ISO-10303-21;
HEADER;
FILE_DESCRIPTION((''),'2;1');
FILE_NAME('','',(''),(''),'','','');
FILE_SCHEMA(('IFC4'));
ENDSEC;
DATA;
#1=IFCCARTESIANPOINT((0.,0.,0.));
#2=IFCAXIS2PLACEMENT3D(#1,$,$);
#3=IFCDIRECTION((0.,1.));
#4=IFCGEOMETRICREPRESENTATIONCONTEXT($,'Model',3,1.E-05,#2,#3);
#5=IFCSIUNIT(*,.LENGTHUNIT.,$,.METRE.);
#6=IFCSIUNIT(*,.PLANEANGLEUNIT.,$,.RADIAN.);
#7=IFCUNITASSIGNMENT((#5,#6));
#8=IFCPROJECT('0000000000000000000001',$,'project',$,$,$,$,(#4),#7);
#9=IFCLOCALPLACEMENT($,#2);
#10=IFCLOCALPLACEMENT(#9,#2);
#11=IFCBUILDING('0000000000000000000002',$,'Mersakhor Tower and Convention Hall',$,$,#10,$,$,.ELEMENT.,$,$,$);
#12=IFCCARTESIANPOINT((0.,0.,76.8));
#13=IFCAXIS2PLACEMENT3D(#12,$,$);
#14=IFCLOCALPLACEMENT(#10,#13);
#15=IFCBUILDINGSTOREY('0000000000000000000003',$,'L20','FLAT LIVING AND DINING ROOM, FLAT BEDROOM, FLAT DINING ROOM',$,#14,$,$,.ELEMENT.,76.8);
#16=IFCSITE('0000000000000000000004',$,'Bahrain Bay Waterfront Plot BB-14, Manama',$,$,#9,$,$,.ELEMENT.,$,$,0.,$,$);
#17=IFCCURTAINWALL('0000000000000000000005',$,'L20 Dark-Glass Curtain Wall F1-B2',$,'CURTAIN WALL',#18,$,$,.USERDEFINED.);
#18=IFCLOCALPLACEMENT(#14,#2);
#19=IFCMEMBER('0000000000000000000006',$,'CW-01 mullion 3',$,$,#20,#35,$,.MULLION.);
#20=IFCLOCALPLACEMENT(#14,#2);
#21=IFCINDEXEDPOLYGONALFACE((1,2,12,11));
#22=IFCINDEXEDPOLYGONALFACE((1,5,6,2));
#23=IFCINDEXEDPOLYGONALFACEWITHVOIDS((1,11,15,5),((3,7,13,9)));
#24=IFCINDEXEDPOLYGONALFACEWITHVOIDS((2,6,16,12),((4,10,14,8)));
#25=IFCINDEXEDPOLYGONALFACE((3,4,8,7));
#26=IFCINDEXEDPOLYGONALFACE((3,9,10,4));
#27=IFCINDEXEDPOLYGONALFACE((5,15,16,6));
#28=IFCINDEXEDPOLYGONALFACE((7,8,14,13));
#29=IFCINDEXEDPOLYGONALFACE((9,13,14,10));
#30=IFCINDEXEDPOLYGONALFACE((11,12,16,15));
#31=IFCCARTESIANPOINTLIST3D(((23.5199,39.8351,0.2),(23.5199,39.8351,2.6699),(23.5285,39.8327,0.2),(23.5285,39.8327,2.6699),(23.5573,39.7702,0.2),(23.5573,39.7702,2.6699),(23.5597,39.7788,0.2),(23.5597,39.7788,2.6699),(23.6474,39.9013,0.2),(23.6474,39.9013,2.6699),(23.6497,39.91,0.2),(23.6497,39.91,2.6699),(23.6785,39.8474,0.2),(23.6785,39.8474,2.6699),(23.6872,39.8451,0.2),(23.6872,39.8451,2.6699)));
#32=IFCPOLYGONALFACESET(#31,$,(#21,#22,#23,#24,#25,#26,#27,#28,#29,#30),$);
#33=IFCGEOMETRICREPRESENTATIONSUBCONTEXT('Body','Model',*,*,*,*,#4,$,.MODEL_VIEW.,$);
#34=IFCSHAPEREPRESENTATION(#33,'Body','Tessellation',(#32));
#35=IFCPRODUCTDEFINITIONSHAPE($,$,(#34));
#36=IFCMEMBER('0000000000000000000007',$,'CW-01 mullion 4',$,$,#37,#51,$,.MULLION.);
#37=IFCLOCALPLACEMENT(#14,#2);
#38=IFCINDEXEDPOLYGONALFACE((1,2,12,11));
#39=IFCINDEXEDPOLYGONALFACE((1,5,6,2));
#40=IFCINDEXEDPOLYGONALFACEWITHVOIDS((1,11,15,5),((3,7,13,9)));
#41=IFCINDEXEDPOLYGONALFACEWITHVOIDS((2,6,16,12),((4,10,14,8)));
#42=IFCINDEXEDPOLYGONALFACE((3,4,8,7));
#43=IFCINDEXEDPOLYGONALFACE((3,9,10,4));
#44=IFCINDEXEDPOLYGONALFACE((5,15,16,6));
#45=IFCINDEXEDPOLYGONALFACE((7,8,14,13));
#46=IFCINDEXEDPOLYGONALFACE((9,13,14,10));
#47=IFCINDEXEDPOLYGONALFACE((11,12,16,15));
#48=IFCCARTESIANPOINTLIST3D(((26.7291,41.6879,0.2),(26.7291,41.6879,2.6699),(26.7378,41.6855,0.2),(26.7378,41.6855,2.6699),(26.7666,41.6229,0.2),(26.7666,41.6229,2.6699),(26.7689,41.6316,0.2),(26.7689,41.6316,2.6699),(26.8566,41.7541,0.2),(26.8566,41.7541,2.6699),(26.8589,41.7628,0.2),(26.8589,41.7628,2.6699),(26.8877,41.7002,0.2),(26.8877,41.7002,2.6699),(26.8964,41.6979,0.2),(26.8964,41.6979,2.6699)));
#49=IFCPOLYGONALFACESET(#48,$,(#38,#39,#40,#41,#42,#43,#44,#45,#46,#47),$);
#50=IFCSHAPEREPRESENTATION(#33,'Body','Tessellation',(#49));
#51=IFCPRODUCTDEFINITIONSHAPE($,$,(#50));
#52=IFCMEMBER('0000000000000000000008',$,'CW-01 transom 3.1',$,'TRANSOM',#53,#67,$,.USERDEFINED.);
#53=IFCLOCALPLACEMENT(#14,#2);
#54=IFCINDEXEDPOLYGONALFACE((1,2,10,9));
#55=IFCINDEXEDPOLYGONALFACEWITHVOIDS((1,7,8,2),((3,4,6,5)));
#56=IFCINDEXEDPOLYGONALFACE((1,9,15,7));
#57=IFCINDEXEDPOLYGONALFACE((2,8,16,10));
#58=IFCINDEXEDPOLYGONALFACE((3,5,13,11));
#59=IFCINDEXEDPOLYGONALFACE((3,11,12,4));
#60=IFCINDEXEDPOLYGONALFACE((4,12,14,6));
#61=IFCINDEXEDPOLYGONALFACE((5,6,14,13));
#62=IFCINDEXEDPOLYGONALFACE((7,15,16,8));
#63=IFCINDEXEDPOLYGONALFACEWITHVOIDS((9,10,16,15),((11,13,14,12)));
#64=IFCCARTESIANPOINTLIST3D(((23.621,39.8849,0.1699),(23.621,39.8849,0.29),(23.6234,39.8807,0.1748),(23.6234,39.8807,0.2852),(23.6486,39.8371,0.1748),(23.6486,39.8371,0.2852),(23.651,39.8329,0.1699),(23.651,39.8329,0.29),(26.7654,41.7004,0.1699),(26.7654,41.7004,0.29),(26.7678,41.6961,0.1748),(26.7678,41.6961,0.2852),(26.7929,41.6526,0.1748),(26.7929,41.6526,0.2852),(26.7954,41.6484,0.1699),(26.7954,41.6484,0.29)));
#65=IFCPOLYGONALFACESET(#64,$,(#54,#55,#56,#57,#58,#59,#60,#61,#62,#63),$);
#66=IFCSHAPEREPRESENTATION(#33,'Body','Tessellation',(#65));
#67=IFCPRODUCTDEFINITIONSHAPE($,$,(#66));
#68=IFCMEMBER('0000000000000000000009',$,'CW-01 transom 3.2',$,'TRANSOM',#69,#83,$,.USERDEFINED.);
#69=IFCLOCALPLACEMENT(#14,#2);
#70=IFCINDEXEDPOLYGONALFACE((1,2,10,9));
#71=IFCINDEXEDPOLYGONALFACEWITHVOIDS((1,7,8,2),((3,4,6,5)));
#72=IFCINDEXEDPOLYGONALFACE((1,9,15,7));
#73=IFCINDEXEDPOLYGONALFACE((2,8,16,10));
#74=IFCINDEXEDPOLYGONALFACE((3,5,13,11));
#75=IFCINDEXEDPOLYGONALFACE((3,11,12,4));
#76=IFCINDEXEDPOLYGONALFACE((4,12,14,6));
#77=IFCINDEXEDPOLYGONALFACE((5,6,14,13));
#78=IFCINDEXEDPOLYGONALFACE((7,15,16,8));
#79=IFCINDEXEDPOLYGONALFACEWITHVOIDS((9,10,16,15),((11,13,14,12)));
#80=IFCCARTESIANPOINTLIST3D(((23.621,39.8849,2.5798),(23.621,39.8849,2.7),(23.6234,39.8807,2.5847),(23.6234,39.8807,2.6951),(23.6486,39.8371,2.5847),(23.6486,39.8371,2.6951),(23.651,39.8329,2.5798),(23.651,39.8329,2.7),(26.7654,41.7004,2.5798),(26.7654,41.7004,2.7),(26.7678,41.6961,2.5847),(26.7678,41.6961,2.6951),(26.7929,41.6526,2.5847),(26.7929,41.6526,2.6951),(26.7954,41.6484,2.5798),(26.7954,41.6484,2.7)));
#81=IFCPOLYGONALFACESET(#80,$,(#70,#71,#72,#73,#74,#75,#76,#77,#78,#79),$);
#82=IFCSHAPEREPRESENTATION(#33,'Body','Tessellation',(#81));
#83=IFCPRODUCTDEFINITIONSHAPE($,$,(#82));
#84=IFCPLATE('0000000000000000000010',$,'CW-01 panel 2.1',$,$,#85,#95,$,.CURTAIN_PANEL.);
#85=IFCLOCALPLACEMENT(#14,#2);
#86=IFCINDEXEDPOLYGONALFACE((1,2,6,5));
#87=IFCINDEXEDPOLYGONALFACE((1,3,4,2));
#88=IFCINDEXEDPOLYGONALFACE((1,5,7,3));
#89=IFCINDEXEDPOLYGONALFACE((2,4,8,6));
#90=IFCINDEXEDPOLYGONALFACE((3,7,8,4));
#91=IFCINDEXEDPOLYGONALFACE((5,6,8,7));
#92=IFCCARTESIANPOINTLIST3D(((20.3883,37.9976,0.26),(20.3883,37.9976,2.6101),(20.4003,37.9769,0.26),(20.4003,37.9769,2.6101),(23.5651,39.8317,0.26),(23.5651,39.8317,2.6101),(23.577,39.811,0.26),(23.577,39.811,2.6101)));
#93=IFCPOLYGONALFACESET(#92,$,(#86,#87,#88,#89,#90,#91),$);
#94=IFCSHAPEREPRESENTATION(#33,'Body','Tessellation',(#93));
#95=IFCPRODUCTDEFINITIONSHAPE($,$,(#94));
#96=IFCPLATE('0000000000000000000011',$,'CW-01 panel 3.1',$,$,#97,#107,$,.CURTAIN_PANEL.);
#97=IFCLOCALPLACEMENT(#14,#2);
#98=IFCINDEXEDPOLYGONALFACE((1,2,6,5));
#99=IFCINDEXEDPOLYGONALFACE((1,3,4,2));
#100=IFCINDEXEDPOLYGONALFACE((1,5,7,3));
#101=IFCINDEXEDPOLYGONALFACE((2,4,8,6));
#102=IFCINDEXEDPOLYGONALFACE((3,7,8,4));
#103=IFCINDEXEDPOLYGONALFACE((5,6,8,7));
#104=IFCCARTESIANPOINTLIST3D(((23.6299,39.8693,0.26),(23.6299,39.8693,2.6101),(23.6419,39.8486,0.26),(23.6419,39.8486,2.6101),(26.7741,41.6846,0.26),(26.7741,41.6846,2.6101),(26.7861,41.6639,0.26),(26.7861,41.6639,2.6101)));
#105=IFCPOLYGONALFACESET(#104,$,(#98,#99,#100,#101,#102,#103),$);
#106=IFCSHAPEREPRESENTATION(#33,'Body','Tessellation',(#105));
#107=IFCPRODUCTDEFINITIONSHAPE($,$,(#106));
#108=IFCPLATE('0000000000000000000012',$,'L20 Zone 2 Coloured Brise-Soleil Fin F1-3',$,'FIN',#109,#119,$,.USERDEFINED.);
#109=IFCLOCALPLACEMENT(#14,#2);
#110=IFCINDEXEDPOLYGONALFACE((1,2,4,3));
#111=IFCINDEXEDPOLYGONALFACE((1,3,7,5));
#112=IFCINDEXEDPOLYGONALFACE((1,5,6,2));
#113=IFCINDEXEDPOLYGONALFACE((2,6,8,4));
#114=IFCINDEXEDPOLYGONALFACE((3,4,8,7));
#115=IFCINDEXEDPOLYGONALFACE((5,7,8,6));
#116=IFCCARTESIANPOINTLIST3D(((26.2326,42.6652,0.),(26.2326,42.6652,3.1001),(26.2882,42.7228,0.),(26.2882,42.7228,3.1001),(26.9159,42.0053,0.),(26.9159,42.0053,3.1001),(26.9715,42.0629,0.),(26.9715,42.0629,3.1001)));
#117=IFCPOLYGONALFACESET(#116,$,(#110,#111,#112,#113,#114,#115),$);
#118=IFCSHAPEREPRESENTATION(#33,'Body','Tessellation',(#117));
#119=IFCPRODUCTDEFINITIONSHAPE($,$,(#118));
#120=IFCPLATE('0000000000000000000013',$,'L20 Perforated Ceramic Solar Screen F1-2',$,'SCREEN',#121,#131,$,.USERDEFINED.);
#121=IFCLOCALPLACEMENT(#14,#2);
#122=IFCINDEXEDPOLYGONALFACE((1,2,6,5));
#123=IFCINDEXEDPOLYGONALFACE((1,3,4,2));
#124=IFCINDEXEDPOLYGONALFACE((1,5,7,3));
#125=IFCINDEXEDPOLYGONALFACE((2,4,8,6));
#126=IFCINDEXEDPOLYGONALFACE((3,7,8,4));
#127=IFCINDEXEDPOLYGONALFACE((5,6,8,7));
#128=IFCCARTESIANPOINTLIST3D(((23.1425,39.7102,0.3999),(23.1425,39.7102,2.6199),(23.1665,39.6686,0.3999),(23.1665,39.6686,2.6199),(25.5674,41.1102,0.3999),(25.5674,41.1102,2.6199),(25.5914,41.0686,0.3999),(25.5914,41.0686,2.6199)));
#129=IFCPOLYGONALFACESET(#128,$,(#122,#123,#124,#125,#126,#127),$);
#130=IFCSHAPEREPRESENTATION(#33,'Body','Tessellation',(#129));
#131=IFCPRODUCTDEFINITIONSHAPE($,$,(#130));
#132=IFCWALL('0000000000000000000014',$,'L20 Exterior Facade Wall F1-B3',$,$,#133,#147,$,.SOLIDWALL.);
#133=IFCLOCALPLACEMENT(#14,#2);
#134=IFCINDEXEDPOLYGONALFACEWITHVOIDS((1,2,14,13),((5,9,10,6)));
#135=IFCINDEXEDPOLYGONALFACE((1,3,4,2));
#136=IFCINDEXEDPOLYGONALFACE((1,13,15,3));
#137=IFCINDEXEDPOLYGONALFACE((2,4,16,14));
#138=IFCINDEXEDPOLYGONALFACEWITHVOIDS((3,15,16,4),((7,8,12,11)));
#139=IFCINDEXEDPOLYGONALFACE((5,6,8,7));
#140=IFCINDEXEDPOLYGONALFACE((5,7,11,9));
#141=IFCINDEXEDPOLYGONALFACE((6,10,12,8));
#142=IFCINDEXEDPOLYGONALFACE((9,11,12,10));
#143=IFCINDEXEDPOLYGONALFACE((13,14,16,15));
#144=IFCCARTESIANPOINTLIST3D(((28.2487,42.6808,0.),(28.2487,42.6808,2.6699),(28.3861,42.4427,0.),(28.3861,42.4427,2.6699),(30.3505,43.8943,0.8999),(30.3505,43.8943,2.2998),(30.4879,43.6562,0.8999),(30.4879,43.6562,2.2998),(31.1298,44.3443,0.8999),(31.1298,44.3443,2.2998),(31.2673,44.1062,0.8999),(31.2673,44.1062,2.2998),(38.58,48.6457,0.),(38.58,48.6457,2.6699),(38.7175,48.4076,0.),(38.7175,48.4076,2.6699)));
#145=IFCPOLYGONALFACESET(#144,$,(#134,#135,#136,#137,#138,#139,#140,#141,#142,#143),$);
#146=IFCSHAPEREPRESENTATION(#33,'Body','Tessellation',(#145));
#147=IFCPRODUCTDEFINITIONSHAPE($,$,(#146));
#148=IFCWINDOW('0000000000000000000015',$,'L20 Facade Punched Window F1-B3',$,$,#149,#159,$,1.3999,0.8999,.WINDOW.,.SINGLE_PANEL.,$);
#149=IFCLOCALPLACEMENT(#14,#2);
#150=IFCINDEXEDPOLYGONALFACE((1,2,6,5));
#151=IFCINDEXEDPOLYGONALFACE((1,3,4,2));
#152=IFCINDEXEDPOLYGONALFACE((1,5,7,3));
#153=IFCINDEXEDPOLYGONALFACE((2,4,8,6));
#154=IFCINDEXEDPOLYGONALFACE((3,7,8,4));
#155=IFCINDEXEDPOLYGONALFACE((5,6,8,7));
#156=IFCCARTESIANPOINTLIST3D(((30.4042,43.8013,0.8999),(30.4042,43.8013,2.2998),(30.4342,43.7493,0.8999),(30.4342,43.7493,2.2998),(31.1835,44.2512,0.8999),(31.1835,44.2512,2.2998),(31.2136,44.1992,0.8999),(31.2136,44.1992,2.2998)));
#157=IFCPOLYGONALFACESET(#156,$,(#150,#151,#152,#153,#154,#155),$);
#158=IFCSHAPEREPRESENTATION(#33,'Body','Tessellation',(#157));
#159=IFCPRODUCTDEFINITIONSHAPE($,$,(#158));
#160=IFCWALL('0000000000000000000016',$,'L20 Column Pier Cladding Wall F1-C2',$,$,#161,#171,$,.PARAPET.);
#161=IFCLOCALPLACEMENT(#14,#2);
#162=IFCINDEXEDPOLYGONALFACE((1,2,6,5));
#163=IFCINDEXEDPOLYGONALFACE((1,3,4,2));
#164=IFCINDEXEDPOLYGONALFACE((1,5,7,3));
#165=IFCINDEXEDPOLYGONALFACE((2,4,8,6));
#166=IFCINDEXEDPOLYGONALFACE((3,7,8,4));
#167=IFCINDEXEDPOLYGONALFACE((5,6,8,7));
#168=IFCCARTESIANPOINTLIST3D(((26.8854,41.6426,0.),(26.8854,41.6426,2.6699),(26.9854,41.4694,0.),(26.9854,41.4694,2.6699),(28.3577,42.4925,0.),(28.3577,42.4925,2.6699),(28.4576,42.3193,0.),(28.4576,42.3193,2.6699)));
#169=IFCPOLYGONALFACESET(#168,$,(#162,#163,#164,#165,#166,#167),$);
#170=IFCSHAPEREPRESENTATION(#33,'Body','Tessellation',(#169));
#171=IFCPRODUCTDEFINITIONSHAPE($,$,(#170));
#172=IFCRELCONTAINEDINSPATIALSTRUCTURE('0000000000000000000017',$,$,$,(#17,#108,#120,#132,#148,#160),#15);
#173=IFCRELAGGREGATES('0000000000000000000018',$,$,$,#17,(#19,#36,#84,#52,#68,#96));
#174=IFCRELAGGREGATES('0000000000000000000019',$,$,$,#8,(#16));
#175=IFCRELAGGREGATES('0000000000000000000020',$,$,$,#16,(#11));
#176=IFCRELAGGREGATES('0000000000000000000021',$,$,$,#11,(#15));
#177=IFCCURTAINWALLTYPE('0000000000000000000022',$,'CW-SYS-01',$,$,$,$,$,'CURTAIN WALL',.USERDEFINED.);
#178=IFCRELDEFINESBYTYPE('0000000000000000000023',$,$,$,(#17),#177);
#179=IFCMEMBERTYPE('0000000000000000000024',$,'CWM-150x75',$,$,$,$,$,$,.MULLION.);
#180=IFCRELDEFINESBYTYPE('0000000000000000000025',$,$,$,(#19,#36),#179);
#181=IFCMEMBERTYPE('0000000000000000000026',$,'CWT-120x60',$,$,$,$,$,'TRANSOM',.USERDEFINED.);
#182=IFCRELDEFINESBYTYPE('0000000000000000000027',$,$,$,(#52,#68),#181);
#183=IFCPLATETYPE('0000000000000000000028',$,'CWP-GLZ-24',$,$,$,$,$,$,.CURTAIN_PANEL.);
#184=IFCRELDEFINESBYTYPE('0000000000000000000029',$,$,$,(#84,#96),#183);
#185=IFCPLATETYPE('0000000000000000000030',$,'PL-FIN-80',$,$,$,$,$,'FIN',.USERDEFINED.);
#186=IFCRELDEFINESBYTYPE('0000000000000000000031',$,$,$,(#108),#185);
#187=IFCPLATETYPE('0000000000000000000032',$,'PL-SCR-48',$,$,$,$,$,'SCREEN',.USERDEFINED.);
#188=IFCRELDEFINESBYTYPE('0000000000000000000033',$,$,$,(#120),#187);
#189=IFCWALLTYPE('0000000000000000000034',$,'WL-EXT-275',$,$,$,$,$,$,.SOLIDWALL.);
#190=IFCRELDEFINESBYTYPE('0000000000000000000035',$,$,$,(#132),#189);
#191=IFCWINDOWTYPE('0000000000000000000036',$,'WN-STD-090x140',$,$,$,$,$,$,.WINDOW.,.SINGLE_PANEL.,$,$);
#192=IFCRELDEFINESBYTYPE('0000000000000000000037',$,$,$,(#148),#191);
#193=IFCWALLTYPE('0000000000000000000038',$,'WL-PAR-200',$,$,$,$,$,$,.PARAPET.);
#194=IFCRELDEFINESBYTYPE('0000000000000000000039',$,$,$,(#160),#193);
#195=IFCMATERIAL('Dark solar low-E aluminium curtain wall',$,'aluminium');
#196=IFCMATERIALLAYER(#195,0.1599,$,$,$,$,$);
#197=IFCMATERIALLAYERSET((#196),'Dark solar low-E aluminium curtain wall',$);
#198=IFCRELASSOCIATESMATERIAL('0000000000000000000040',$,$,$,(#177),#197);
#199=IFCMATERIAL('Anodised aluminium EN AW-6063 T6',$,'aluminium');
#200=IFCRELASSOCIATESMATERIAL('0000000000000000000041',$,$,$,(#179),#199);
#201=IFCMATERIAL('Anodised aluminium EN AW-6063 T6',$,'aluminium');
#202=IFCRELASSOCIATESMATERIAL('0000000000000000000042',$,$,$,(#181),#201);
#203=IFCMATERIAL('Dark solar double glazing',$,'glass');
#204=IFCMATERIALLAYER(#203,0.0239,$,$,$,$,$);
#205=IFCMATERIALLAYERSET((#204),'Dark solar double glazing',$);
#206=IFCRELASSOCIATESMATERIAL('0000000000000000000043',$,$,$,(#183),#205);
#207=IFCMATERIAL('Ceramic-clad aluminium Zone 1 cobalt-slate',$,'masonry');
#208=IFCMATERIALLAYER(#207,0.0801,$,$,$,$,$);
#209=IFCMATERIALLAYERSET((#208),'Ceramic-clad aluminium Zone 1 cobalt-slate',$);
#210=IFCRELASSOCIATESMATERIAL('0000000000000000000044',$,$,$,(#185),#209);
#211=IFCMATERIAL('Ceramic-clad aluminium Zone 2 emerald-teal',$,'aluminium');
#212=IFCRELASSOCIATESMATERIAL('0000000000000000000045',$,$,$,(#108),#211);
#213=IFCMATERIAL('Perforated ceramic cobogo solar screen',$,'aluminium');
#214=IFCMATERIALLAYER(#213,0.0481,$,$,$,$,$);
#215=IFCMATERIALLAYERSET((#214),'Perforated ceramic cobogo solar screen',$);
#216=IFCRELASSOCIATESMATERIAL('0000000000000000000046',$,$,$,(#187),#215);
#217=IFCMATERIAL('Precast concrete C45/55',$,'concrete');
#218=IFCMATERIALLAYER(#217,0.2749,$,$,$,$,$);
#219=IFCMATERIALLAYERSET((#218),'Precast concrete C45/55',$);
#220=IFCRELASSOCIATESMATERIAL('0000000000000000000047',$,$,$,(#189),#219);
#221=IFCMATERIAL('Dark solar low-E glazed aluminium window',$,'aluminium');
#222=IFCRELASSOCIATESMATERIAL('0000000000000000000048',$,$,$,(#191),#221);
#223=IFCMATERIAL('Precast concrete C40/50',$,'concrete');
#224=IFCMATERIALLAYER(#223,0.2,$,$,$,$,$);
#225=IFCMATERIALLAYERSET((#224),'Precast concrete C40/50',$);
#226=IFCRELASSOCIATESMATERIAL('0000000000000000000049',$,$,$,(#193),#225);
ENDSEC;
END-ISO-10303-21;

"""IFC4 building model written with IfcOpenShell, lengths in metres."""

from ifc_helpers import new_model, si_unit, direction, frame, frame_2d, origin, origin_2d, place, context, subcontext, project, spatial, rectangle, hollow_rectangle, extrude, material, layer, layer_set, material_profile, profile_set, type_object, element, fill, aggregate, save


model = new_model("IFC4")

# Units and contexts
model_context = context("Model", 3, precision=1e-05, world=origin(), true_north=direction((0.0, 1.0)))
body_context = subcontext(model_context, "Body", "Model", "MODEL_VIEW")
ifc_project = project(units=[si_unit("LENGTHUNIT", "METRE"), si_unit("PLANEANGLEUNIT", "RADIAN")], contexts=[model_context])

# Site, building, storey
site_placement = place(None, origin())
site = spatial("IfcSite", under=ifc_project, at=site_placement, Name="Bahrain Bay Waterfront Plot BB-14, Manama", CompositionType="ELEMENT", RefElevation=0.0)
building_placement = place(site_placement, origin())
building = spatial("IfcBuilding", under=site, at=building_placement, Name="Mersakhor Tower and Convention Hall", CompositionType="ELEMENT")
storey_placement = place(building_placement, frame((0.0, 0.0, 76.8)))
storey = spatial("IfcBuildingStorey", under=building, at=storey_placement, Name="L20", Description="FLAT LIVING AND DINING ROOM, FLAT BEDROOM, FLAT DINING ROOM", CompositionType="ELEMENT", Elevation=76.8)

# Curtain wall, members, plates
ifc_material_1 = material(Name="Dark solar low-E aluminium curtain wall", Category="aluminium")
ifc_layer_1 = layer(ifc_material_1, 0.1599)
ifc_layer_set_1 = layer_set([ifc_layer_1], Name="Dark solar low-E aluminium curtain wall")
curtain_wall_type = type_object("IfcCurtainWallType", Name="CW-SYS-01", ElementType="CURTAIN WALL", PredefinedType="USERDEFINED", material=ifc_layer_set_1)
curtain_wall_placement = place(storey_placement, origin())
curtain_wall = element("IfcCurtainWall", 1, at=curtain_wall_placement, inside=storey, type_object=curtain_wall_type, Name="L20 Dark-Glass Curtain Wall F1-B2", ObjectType="CURTAIN WALL", PredefinedType="USERDEFINED")
ifc_material_2 = material(Name="Anodised aluminium EN AW-6063 T6", Category="aluminium")
ifc_material_profile_1 = material_profile(ifc_material_2, hollow_rectangle(XDim=0.075, YDim=0.1499, WallThickness=0.0063, at=origin_2d()), Name="RHS 150x75x6.3")
ifc_profile_set_1 = profile_set([ifc_material_profile_1], Name="Anodised aluminium EN AW-6063 T6")
member_type_1 = type_object("IfcMemberType", Name="CWM-150x75", PredefinedType="MULLION", material=ifc_profile_set_1)
member_1_placement = place(storey_placement, frame((23.6035, 39.8401, 0.2), z_axis=(0.0, 0.0, 1.0), x_axis=(-0.499998, 0.866027, 0.0)))
member_1 = element("IfcMember", 2, at=member_1_placement, type_object=member_type_1, Name="CW-01 mullion 3", PredefinedType="MULLION", context=body_context, shape_type="SweptSolid", body=[
    extrude(hollow_rectangle(XDim=0.075, YDim=0.1499, WallThickness=0.0063, at=origin_2d()), origin(), (0.0, 0.0, 1.0), 2.47),
])
member_2_placement = place(storey_placement, frame((26.8127, 41.6929, 0.2), z_axis=(0.0, 0.0, 1.0), x_axis=(-0.499998, 0.866027, 0.0)))
member_2 = element("IfcMember", 3, at=member_2_placement, type_object=member_type_1, Name="CW-01 mullion 4", PredefinedType="MULLION", context=body_context, shape_type="SweptSolid", body=[
    extrude(hollow_rectangle(XDim=0.075, YDim=0.1499, WallThickness=0.0063, at=origin_2d()), origin(), (0.0, 0.0, 1.0), 2.47),
])
ifc_material_3 = material(Name="Anodised aluminium EN AW-6063 T6", Category="aluminium")
ifc_material_profile_2 = material_profile(ifc_material_3, hollow_rectangle(XDim=0.0601, YDim=0.1201, WallThickness=0.0049, at=origin_2d()), Name="RHS 120x60x5")
ifc_profile_set_2 = profile_set([ifc_material_profile_2], Name="Anodised aluminium EN AW-6063 T6")
member_type_2 = type_object("IfcMemberType", Name="CWT-120x60", ElementType="TRANSOM", PredefinedType="USERDEFINED", material=ifc_profile_set_2)
member_3_placement = place(storey_placement, frame((23.636, 39.8589, 0.23), z_axis=(0.866016, 0.500015, 0.0), x_axis=(-0.500015, 0.866016, 0.0)))
member_3 = element("IfcMember", 4, at=member_3_placement, type_object=member_type_2, Name="CW-01 transom 3.1", ObjectType="TRANSOM", PredefinedType="USERDEFINED", context=body_context, shape_type="SweptSolid", body=[
    extrude(hollow_rectangle(XDim=0.0601, YDim=0.1201, WallThickness=0.0049, at=origin_2d()), origin(), (0.0, 0.0, 1.0), 3.6309),
])
member_4_placement = place(storey_placement, frame((23.636, 39.8589, 2.6399), z_axis=(0.866016, 0.500015, 0.0), x_axis=(-0.500015, 0.866016, 0.0)))
member_4 = element("IfcMember", 5, at=member_4_placement, type_object=member_type_2, Name="CW-01 transom 3.2", ObjectType="TRANSOM", PredefinedType="USERDEFINED", context=body_context, shape_type="SweptSolid", body=[
    extrude(hollow_rectangle(XDim=0.0601, YDim=0.1201, WallThickness=0.0049, at=origin_2d()), origin(), (0.0, 0.0, 1.0), 3.6309),
])
ifc_material_4 = material(Name="Dark solar double glazing", Category="glass")
ifc_layer_2 = layer(ifc_material_4, 0.0239)
ifc_layer_set_2 = layer_set([ifc_layer_2], Name="Dark solar double glazing")
plate_type_1 = type_object("IfcPlateType", Name="CWP-GLZ-24", PredefinedType="CURTAIN_PANEL", material=ifc_layer_set_2)
plate_1_placement = place(storey_placement, frame((21.9827, 38.9043, 0.26), z_axis=(0.0, 0.0, 1.0), x_axis=(0.866027, 0.499998, 0.0)))
plate_1 = element("IfcPlate", 6, at=plate_1_placement, type_object=plate_type_1, Name="CW-01 panel 2.1", PredefinedType="CURTAIN_PANEL", context=body_context, shape_type="SweptSolid", body=[
    extrude(rectangle(XDim=3.6682, YDim=0.0239, at=origin_2d()), origin(), (0.0, 0.0, 1.0), 2.3501),
])
plate_2_placement = place(storey_placement, frame((25.208, 40.7666, 0.26), z_axis=(0.0, 0.0, 1.0), x_axis=(0.866027, 0.499998, 0.0)))
plate_2 = element("IfcPlate", 7, at=plate_2_placement, type_object=plate_type_1, Name="CW-01 panel 3.1", PredefinedType="CURTAIN_PANEL", context=body_context, shape_type="SweptSolid", body=[
    extrude(rectangle(XDim=3.6306, YDim=0.0239, at=origin_2d()), origin(), (0.0, 0.0, 1.0), 2.3501),
])
aggregate(curtain_wall, [member_1, member_2, plate_1, member_3, member_4, plate_2])

# Plates
ifc_material_5 = material(Name="Ceramic-clad aluminium Zone 2 emerald-teal", Category="aluminium")
ifc_material_6 = material(Name="Ceramic-clad aluminium Zone 1 cobalt-slate", Category="masonry")
ifc_layer_3 = layer(ifc_material_6, 0.0801)
ifc_layer_set_3 = layer_set([ifc_layer_3], Name="Ceramic-clad aluminium Zone 1 cobalt-slate")
plate_type_2 = type_object("IfcPlateType", Name="PL-FIN-80", ElementType="FIN", PredefinedType="USERDEFINED", material=ifc_layer_set_3)
plate_3_placement = place(storey_placement, frame((26.6021, 42.364, 0.0), z_axis=(0.0, 0.0, 1.0), x_axis=(-0.71934, 0.694658, 0.0)))
element("IfcPlate", 8, at=plate_3_placement, inside=storey, type_object=plate_type_2, material=ifc_material_5, Name="L20 Zone 2 Coloured Brise-Soleil Fin F1-3", ObjectType="FIN", PredefinedType="USERDEFINED", context=body_context, shape_type="SweptSolid", body=[
    extrude(rectangle(XDim=0.95, YDim=0.0801, at=origin_2d()), origin(), (0.0, 0.0, 1.0), 3.1001),
])
ifc_material_7 = material(Name="Perforated ceramic cobogo solar screen", Category="aluminium")
ifc_layer_4 = layer(ifc_material_7, 0.0481)
ifc_layer_set_4 = layer_set([ifc_layer_4], Name="Perforated ceramic cobogo solar screen")
plate_type_3 = type_object("IfcPlateType", Name="PL-SCR-48", ElementType="SCREEN", PredefinedType="USERDEFINED", material=ifc_layer_set_4)
plate_4_placement = place(storey_placement, frame((24.3669, 40.3894, 0.3999), z_axis=(0.0, 0.0, 1.0), x_axis=(0.866025, 0.5, 0.0)))
element("IfcPlate", 9, at=plate_4_placement, inside=storey, type_object=plate_type_3, Name="L20 Perforated Ceramic Solar Screen F1-2", ObjectType="SCREEN", PredefinedType="USERDEFINED", context=body_context, shape_type="SweptSolid", body=[
    extrude(rectangle(XDim=2.8, YDim=0.0481, at=origin_2d()), origin(), (0.0, 0.0, 1.0), 2.22),
])

# Wall, opening, window
ifc_material_8 = material(Name="Precast concrete C45/55", Category="concrete")
ifc_layer_5 = layer(ifc_material_8, 0.2749)
ifc_layer_set_5 = layer_set([ifc_layer_5], Name="Precast concrete C45/55")
wall_type_1 = type_object("IfcWallType", Name="WL-EXT-275", PredefinedType="SOLIDWALL", material=ifc_layer_set_5)
wall_1_placement = place(storey_placement, frame((28.3174, 42.5618, 0.0), z_axis=(0.0, 0.0, 1.0), x_axis=(0.866023, 0.500004, 0.0)))
wall_1 = element("IfcWall", 10, at=wall_1_placement, inside=storey, type_object=wall_type_1, Name="L20 Exterior Facade Wall F1-B3", PredefinedType="SOLIDWALL", context=body_context, shape_type="SweptSolid", body=[
    extrude(rectangle(XDim=11.9297, YDim=0.2749, at=frame_2d((5.9648, 0.0))), origin(), (0.0, 0.0, 1.0), 2.6699),
])
opening_1_placement = place(wall_1_placement, frame((2.427, 0.0, 0.8999)))
opening_1 = element("IfcOpeningElement", 11, at=opening_1_placement, cuts=wall_1, PredefinedType="OPENING", context=body_context, shape_type="SweptSolid", body=[
    extrude(rectangle(XDim=0.8999, YDim=1.3999, at=frame_2d((0.45, 0.7))), frame((0.0, 0.1475, 0.0), z_axis=(0.0, -1.0, 0.0), x_axis=(1.0, 0.0, 0.0)), (0.0, 0.0, 1.0), 0.2949),
])
ifc_material_9 = material(Name="Dark solar low-E glazed aluminium window", Category="aluminium")
window_type = type_object("IfcWindowType", Name="WN-STD-090x140", PartitioningType="SINGLE_PANEL", PredefinedType="WINDOW", material=ifc_material_9)
window_placement = place(opening_1_placement, origin())
window = element("IfcWindow", 12, at=window_placement, inside=storey, type_object=window_type, Name="L20 Facade Punched Window F1-B3", OverallHeight=1.3999, OverallWidth=0.8999, PartitioningType="SINGLE_PANEL", PredefinedType="WINDOW", context=body_context, shape_type="SweptSolid", body=[
    extrude(rectangle(XDim=0.8999, YDim=1.3999, at=frame_2d((0.45, 0.7))), frame((0.0, 0.03, 0.0), z_axis=(0.0, -1.0, 0.0), x_axis=(1.0, 0.0, 0.0)), (0.0, 0.0, 1.0), 0.0601),
])
fill(opening_1, window)

# Wall
ifc_material_10 = material(Name="Precast concrete C40/50", Category="concrete")
ifc_layer_6 = layer(ifc_material_10, 0.2)
ifc_layer_set_6 = layer_set([ifc_layer_6], Name="Precast concrete C40/50")
wall_type_2 = type_object("IfcWallType", Name="WL-PAR-200", PredefinedType="PARAPET", material=ifc_layer_set_6)
wall_2_placement = place(storey_placement, frame((26.9353, 41.5559, 0.0), z_axis=(0.0, 0.0, 1.0), x_axis=(0.866052, 0.499955, 0.0)))
element("IfcWall", 13, at=wall_2_placement, inside=storey, type_object=wall_type_2, Name="L20 Column Pier Cladding Wall F1-C2", PredefinedType="PARAPET", context=body_context, shape_type="SweptSolid", body=[
    extrude(rectangle(XDim=1.7, YDim=0.2, at=frame_2d((0.8501, 0.0))), origin(), (0.0, 0.0, 1.0), 2.6699),
])

save(model, "model.ifc")
